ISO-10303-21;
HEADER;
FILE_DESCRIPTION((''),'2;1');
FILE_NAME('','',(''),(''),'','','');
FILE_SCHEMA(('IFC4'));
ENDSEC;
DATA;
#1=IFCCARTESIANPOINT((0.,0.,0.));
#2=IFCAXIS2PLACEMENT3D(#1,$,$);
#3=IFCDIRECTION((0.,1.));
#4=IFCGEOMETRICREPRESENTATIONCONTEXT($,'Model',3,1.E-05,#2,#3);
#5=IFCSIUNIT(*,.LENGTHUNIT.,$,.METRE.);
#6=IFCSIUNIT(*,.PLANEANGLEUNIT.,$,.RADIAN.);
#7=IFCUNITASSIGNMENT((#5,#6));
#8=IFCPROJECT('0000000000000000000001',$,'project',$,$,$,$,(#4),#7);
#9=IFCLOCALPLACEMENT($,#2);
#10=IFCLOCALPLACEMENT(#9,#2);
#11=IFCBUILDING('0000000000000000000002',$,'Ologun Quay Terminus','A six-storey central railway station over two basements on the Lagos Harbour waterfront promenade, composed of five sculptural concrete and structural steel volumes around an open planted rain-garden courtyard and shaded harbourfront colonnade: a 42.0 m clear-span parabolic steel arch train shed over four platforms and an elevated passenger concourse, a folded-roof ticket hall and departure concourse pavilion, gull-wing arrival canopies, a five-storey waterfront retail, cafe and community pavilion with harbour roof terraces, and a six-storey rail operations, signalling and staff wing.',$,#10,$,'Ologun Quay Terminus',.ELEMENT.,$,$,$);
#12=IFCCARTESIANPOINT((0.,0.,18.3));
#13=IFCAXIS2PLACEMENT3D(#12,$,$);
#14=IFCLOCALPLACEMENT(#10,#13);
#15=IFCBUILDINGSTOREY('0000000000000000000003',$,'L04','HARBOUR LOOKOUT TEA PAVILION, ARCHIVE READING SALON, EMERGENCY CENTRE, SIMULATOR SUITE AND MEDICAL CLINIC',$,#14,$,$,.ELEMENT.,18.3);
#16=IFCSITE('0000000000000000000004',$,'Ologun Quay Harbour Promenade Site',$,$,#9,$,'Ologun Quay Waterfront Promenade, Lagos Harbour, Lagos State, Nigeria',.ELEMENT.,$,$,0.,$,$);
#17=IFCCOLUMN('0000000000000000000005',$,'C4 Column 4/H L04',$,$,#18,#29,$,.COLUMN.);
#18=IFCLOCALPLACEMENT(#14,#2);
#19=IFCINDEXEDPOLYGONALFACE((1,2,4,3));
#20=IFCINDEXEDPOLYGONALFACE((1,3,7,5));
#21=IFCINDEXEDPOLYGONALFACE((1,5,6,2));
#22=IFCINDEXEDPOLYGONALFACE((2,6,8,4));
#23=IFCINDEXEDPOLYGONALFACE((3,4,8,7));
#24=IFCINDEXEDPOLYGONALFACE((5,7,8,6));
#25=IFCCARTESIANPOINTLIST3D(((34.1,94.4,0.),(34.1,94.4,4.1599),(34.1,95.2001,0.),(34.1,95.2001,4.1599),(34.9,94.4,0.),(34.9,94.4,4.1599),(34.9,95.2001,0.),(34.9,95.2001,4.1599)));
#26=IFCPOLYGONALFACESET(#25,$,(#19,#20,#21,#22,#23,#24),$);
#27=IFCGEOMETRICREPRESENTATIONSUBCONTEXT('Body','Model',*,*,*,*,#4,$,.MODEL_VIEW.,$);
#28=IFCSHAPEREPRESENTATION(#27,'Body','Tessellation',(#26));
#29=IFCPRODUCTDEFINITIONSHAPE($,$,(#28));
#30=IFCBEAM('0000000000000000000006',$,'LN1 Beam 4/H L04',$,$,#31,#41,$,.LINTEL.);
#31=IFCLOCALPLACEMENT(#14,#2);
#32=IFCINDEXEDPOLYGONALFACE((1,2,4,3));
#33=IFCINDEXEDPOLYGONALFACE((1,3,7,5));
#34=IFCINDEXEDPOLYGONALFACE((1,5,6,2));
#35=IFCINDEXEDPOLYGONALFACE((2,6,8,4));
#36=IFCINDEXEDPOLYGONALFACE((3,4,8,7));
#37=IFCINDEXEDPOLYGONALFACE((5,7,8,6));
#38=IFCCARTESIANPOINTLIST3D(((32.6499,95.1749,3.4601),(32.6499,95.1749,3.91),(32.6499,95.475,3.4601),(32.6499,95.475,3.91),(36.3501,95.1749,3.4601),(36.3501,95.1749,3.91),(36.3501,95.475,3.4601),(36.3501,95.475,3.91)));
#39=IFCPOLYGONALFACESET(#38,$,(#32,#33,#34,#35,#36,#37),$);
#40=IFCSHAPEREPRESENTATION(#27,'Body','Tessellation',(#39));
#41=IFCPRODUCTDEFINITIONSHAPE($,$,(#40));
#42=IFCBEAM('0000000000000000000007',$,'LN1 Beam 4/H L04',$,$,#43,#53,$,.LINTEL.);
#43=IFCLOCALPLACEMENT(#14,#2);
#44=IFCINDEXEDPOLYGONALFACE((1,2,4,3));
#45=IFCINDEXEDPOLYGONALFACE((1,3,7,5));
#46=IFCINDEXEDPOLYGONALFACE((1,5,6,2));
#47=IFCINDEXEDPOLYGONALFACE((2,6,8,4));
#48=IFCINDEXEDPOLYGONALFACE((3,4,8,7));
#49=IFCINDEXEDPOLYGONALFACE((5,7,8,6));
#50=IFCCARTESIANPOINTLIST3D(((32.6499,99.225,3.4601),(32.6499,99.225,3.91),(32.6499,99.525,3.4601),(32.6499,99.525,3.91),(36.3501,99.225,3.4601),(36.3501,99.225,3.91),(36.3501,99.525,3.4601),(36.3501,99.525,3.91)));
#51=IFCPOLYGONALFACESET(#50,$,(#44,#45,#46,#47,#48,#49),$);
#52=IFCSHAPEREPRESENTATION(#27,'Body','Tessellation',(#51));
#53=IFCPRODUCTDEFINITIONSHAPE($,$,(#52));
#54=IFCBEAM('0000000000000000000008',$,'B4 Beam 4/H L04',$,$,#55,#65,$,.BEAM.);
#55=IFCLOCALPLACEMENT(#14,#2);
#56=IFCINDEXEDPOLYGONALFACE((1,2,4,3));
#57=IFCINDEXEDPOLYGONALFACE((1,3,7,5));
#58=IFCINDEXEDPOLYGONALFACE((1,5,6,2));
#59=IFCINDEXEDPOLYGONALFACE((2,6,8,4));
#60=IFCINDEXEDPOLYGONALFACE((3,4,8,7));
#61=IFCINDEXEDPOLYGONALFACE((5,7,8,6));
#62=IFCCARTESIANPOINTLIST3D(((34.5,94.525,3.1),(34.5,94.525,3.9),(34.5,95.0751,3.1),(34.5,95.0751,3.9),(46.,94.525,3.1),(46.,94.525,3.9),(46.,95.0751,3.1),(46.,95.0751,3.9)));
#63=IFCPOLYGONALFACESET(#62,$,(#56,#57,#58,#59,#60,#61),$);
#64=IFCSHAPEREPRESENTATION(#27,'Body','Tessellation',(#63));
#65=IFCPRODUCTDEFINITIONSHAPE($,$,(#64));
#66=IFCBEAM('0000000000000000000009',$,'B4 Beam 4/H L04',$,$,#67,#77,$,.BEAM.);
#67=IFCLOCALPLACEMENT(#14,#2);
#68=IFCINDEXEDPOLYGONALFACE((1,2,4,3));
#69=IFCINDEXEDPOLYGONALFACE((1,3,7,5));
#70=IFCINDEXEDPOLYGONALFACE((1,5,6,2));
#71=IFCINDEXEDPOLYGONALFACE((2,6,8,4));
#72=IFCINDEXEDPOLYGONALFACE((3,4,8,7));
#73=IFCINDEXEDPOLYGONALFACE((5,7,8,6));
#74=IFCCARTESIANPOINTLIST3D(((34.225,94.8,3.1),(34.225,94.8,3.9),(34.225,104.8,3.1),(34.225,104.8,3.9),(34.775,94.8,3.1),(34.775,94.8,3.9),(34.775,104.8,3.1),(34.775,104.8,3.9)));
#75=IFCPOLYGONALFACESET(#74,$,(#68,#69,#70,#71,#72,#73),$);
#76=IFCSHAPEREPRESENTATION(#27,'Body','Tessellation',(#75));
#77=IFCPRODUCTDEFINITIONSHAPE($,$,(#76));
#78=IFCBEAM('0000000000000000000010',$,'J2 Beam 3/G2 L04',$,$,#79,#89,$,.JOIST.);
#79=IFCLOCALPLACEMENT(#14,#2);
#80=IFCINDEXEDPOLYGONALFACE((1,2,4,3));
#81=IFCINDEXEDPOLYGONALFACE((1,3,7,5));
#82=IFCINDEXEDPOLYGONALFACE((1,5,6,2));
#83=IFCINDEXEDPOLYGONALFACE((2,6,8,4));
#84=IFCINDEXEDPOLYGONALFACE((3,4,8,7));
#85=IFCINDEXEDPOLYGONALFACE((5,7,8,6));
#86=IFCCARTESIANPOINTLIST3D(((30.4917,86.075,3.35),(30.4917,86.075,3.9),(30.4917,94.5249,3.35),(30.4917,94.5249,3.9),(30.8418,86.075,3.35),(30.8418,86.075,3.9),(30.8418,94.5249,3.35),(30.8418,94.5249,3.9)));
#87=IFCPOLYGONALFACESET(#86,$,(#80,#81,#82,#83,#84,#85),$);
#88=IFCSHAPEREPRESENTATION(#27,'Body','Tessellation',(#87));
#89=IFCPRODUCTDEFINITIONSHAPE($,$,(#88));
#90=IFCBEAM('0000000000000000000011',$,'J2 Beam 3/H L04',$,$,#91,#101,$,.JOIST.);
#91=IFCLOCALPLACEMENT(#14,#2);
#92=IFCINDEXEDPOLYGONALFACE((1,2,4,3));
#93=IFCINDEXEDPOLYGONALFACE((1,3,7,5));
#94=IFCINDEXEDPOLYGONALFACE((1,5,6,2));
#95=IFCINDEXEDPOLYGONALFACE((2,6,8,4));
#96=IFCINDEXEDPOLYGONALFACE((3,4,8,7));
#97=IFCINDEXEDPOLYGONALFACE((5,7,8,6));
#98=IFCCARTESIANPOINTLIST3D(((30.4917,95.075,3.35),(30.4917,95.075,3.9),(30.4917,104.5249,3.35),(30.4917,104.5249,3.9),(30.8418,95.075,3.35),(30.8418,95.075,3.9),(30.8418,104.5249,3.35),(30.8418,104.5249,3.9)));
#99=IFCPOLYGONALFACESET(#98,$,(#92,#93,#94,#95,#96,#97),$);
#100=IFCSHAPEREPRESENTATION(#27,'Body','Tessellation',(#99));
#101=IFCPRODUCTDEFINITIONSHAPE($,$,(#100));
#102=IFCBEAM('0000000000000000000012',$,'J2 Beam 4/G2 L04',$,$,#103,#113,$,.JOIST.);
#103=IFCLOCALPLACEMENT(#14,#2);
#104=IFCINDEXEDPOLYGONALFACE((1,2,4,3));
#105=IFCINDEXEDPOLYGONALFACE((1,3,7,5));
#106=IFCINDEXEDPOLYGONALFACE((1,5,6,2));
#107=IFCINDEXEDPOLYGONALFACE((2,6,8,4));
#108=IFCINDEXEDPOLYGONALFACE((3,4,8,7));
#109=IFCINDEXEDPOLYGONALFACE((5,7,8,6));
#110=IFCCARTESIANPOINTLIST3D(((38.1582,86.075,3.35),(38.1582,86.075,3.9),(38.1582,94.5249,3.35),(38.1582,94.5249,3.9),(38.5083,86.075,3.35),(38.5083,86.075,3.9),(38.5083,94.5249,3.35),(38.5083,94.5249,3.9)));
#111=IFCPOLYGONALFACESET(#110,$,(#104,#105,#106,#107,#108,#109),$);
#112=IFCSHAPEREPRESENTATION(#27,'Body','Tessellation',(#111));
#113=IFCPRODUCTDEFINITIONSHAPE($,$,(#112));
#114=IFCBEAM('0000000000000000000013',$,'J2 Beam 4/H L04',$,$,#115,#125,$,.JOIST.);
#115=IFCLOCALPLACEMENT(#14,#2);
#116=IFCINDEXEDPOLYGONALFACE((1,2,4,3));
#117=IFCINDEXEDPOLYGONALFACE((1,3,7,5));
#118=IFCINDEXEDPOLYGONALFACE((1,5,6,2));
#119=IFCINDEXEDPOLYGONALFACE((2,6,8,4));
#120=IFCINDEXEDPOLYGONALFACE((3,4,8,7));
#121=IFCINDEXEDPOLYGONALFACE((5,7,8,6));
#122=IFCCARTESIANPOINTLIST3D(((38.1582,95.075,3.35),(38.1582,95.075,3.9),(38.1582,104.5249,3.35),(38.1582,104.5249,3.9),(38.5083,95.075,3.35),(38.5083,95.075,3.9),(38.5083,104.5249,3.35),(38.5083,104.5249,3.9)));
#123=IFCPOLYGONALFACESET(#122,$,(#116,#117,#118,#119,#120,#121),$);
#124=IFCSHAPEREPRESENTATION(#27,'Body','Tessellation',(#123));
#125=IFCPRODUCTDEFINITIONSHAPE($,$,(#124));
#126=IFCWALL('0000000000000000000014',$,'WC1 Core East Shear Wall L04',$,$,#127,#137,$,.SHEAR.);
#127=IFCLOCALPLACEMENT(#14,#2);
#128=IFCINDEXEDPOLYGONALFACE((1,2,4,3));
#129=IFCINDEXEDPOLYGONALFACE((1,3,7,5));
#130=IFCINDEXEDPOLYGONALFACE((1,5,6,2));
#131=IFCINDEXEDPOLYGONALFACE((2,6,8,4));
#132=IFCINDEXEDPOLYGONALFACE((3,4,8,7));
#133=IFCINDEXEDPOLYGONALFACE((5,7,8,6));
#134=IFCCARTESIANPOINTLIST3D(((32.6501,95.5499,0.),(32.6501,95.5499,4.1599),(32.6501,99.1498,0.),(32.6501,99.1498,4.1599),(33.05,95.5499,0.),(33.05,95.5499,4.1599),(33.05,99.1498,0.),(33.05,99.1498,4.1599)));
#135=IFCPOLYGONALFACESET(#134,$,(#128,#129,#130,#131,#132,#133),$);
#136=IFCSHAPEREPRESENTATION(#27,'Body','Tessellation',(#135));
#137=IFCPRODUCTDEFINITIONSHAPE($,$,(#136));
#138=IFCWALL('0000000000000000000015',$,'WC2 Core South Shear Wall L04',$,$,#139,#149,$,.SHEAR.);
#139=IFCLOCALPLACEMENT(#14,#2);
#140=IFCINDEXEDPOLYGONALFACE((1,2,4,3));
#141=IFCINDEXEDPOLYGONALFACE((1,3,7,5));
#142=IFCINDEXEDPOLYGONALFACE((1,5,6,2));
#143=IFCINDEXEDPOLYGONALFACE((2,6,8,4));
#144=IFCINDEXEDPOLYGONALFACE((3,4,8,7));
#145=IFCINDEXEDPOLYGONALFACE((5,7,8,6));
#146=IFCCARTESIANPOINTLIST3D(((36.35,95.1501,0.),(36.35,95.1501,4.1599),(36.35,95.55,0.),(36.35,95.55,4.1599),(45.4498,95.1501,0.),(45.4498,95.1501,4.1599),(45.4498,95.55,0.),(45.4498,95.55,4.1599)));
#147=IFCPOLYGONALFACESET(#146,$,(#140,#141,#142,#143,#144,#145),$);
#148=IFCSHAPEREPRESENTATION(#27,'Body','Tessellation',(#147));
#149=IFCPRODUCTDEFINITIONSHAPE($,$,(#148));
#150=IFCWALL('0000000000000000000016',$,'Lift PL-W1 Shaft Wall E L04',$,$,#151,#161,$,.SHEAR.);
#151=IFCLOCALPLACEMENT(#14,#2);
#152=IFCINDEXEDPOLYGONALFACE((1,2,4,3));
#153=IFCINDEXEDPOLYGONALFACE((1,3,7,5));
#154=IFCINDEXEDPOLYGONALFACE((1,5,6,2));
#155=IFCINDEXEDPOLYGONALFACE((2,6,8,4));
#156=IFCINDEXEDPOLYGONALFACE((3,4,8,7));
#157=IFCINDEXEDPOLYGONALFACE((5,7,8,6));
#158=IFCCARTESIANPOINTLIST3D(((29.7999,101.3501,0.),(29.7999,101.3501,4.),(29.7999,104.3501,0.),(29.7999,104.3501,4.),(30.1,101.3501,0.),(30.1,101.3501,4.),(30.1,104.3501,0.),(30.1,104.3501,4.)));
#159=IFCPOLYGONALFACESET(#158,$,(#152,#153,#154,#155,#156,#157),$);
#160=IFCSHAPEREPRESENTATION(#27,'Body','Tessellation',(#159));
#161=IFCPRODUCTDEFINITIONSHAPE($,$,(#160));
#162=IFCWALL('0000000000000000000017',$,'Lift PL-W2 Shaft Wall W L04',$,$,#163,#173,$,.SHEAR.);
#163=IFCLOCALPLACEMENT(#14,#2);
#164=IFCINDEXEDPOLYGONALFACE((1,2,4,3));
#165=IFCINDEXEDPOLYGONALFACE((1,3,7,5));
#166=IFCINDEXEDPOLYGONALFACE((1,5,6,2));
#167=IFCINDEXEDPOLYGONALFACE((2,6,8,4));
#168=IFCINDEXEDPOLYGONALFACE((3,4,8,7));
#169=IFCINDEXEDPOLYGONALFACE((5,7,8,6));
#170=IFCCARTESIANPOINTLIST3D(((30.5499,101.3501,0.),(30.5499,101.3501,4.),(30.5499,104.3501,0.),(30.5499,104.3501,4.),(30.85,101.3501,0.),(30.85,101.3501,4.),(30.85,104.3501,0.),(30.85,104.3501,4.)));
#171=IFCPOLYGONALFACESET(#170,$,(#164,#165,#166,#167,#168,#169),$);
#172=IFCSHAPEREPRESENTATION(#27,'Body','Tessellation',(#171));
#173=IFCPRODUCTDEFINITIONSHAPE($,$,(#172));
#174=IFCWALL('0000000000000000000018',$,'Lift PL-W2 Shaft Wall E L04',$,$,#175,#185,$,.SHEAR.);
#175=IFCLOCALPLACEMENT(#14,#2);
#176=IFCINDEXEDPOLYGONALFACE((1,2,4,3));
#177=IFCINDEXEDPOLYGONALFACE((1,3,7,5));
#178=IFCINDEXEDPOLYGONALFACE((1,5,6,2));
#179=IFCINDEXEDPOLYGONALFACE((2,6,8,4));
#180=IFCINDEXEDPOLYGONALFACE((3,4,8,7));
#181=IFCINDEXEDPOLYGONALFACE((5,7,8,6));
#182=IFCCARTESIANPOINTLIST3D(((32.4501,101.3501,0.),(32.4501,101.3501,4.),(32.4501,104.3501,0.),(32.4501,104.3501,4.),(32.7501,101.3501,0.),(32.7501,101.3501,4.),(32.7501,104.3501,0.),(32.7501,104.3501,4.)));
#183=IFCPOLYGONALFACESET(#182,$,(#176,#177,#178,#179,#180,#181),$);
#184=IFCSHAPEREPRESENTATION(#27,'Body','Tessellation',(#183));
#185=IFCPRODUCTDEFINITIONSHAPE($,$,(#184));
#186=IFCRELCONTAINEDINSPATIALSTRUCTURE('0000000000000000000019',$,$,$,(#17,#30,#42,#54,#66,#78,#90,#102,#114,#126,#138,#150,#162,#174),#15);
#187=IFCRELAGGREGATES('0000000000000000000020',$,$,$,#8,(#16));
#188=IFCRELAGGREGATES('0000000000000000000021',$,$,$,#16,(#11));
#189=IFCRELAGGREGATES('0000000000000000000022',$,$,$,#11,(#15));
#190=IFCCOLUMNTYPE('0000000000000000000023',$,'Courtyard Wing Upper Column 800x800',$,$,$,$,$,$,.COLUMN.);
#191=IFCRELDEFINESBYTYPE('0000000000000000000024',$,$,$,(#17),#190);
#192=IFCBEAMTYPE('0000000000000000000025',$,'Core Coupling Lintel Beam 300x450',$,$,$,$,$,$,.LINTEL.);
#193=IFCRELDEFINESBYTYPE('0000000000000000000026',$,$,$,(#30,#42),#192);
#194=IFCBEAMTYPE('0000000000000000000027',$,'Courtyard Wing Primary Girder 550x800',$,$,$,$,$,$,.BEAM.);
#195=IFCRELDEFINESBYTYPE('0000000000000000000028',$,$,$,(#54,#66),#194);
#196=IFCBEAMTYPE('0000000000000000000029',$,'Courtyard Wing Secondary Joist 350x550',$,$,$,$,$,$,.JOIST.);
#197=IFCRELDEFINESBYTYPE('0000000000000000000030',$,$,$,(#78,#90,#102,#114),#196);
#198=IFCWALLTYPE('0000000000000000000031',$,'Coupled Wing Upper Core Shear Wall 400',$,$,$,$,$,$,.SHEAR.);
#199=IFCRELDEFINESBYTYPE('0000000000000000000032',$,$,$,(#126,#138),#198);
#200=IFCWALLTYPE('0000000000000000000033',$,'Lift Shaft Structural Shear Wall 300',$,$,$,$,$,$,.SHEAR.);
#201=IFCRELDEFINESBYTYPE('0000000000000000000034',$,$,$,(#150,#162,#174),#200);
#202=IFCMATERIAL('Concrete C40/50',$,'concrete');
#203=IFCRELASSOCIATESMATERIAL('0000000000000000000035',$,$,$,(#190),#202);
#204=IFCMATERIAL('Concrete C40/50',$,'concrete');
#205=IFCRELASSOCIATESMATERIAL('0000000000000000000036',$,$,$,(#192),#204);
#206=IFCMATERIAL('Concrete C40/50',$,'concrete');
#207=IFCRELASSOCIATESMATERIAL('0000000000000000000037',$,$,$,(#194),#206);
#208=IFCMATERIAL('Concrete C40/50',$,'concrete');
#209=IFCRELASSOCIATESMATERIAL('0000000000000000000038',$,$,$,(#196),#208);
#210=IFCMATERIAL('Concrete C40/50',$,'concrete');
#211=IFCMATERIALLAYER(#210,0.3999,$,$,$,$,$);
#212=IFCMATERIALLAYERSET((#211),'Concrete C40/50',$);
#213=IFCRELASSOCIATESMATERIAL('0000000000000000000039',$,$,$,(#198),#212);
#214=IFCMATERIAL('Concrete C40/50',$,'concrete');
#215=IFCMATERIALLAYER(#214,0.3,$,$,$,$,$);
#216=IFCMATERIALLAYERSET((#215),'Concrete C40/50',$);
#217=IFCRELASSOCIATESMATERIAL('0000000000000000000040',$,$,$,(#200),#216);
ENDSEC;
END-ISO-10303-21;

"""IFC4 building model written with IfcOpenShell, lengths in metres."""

from ifc_helpers import new_model, si_unit, direction, frame, frame_2d, origin, origin_2d, place, context, subcontext, project, spatial, rectangle, extrude, material, layer, layer_set, material_profile, profile_set, type_object, element, save


model = new_model("IFC4")

# Units and contexts
model_context = context("Model", 3, precision=1e-05, world=origin(), true_north=direction((0.0, 1.0)))
body_context = subcontext(model_context, "Body", "Model", "MODEL_VIEW")
ifc_project = project(units=[si_unit("LENGTHUNIT", "METRE"), si_unit("PLANEANGLEUNIT", "RADIAN")], contexts=[model_context])

# Site, building, storey
site_placement = place(None, origin())
site = spatial("IfcSite", under=ifc_project, at=site_placement, Name="Ologun Quay Harbour Promenade Site", LongName="Ologun Quay Waterfront Promenade, Lagos Harbour, Lagos State, Nigeria", CompositionType="ELEMENT", RefElevation=0.0)
building_placement = place(site_placement, origin())
building = spatial("IfcBuilding", under=site, at=building_placement, Name="Ologun Quay Terminus", Description="A six-storey central railway station over two basements on the Lagos Harbour waterfront promenade, composed of five sculptural concrete and structural steel volumes around an open planted rain-garden courtyard and shaded harbourfront colonnade: a 42.0 m clear-span parabolic steel arch train shed over four platforms and an elevated passenger concourse, a folded-roof ticket hall and departure concourse pavilion, gull-wing arrival canopies, a five-storey waterfront retail, cafe and community pavilion with harbour roof terraces, and a six-storey rail operations, signalling and staff wing.", LongName="Ologun Quay Terminus", CompositionType="ELEMENT")
storey_placement = place(building_placement, frame((0.0, 0.0, 18.3)))
storey = spatial("IfcBuildingStorey", under=building, at=storey_placement, Name="L04", Description="HARBOUR LOOKOUT TEA PAVILION, ARCHIVE READING SALON, EMERGENCY CENTRE, SIMULATOR SUITE AND MEDICAL CLINIC", CompositionType="ELEMENT", Elevation=18.3)

# Column
ifc_material_1 = material(Name="Concrete C40/50", Category="concrete")
ifc_material_profile_1 = material_profile(ifc_material_1, rectangle(XDim=0.8, YDim=0.8, at=origin_2d()), Name="RC 800x800")
ifc_profile_set_1 = profile_set([ifc_material_profile_1], Name="Concrete C40/50")
column_type = type_object("IfcColumnType", Name="Courtyard Wing Upper Column 800x800", PredefinedType="COLUMN", material=ifc_profile_set_1)
column_placement = place(storey_placement, frame((34.5, 94.8, 0.0), z_axis=(0.0, 0.0, 1.0), x_axis=(1.0, 0.0, 0.0)))
element("IfcColumn", 1, at=column_placement, inside=storey, type_object=column_type, Name="C4 Column 4/H L04", PredefinedType="COLUMN", context=body_context, shape_type="SweptSolid", body=[
    extrude(rectangle(XDim=0.8, YDim=0.8, at=origin_2d()), origin(), (0.0, 0.0, 1.0), 4.1599),
])

# Beams
ifc_material_2 = material(Name="Concrete C40/50", Category="concrete")
ifc_material_profile_2 = material_profile(ifc_material_2, rectangle(XDim=0.3, YDim=0.45, at=origin_2d()), Name="RC 300x450")
ifc_profile_set_2 = profile_set([ifc_material_profile_2], Name="Concrete C40/50")
beam_type_1 = type_object("IfcBeamType", Name="Core Coupling Lintel Beam 300x450", PredefinedType="LINTEL", material=ifc_profile_set_2)
for number, where, z_axis, x_axis, name in (
    (2, (32.6499, 95.325, 3.6851), (1.0, 0.0, 0.0), (0.0, 1.0, 0.0), "LN1 Beam 4/H L04"),
    (3, (32.6499, 99.375, 3.6851), (1.0, 0.0, 0.0), (0.0, 1.0, 0.0), "LN1 Beam 4/H L04"),
):
    element("IfcBeam", number, at=place(storey_placement, frame(where, z_axis=z_axis, x_axis=x_axis)), inside=storey, type_object=beam_type_1, Name=name, PredefinedType="LINTEL", context=body_context, shape_type="SweptSolid", body=[
        extrude(rectangle(XDim=0.3, YDim=0.45, at=origin_2d()), origin(), (0.0, 0.0, 1.0), 3.7002),
    ])
ifc_material_3 = material(Name="Concrete C40/50", Category="concrete")
ifc_material_profile_3 = material_profile(ifc_material_3, rectangle(XDim=0.55, YDim=0.8, at=origin_2d()), Name="RC 550x800")
ifc_profile_set_3 = profile_set([ifc_material_profile_3], Name="Concrete C40/50")
beam_type_2 = type_object("IfcBeamType", Name="Courtyard Wing Primary Girder 550x800", PredefinedType="BEAM", material=ifc_profile_set_3)
beam_1_placement = place(storey_placement, frame((34.5, 94.8, 3.5), z_axis=(1.0, 0.0, 0.0), x_axis=(0.0, 1.0, 0.0)))
element("IfcBeam", 4, at=beam_1_placement, inside=storey, type_object=beam_type_2, Name="B4 Beam 4/H L04", PredefinedType="BEAM", context=body_context, shape_type="SweptSolid", body=[
    extrude(rectangle(XDim=0.55, YDim=0.8, at=origin_2d()), origin(), (0.0, 0.0, 1.0), 11.5),
])
beam_2_placement = place(storey_placement, frame((34.5, 94.8, 3.5), z_axis=(0.0, 1.0, 0.0), x_axis=(-1.0, 0.0, 0.0)))
element("IfcBeam", 5, at=beam_2_placement, inside=storey, type_object=beam_type_2, Name="B4 Beam 4/H L04", PredefinedType="BEAM", context=body_context, shape_type="SweptSolid", body=[
    extrude(rectangle(XDim=0.55, YDim=0.8, at=origin_2d()), origin(), (0.0, 0.0, 1.0), 10.0),
])
ifc_material_4 = material(Name="Concrete C40/50", Category="concrete")
ifc_material_profile_4 = material_profile(ifc_material_4, rectangle(XDim=0.3501, YDim=0.55, at=origin_2d()), Name="RC 350x550")
ifc_profile_set_4 = profile_set([ifc_material_profile_4], Name="Concrete C40/50")
beam_type_3 = type_object("IfcBeamType", Name="Courtyard Wing Secondary Joist 350x550", PredefinedType="JOIST", material=ifc_profile_set_4)
beam_3_placement = place(storey_placement, frame((30.6667, 86.075, 3.625), z_axis=(0.0, 1.0, 0.0), x_axis=(-1.0, 0.0, 0.0)))
element("IfcBeam", 6, at=beam_3_placement, inside=storey, type_object=beam_type_3, Name="J2 Beam 3/G2 L04", PredefinedType="JOIST", context=body_context, shape_type="SweptSolid", body=[
    extrude(rectangle(XDim=0.3501, YDim=0.55, at=origin_2d()), origin(), (0.0, 0.0, 1.0), 8.45),
])
beam_4_placement = place(storey_placement, frame((30.6667, 95.075, 3.625), z_axis=(0.0, 1.0, 0.0), x_axis=(-1.0, 0.0, 0.0)))
element("IfcBeam", 7, at=beam_4_placement, inside=storey, type_object=beam_type_3, Name="J2 Beam 3/H L04", PredefinedType="JOIST", context=body_context, shape_type="SweptSolid", body=[
    extrude(rectangle(XDim=0.3501, YDim=0.55, at=origin_2d()), origin(), (0.0, 0.0, 1.0), 9.45),
])
beam_5_placement = place(storey_placement, frame((38.3333, 86.075, 3.625), z_axis=(0.0, 1.0, 0.0), x_axis=(-1.0, 0.0, 0.0)))
element("IfcBeam", 8, at=beam_5_placement, inside=storey, type_object=beam_type_3, Name="J2 Beam 4/G2 L04", PredefinedType="JOIST", context=body_context, shape_type="SweptSolid", body=[
    extrude(rectangle(XDim=0.3501, YDim=0.55, at=origin_2d()), origin(), (0.0, 0.0, 1.0), 8.45),
])
beam_6_placement = place(storey_placement, frame((38.3333, 95.075, 3.625), z_axis=(0.0, 1.0, 0.0), x_axis=(-1.0, 0.0, 0.0)))
element("IfcBeam", 9, at=beam_6_placement, inside=storey, type_object=beam_type_3, Name="J2 Beam 4/H L04", PredefinedType="JOIST", context=body_context, shape_type="SweptSolid", body=[
    extrude(rectangle(XDim=0.3501, YDim=0.55, at=origin_2d()), origin(), (0.0, 0.0, 1.0), 9.45),
])

# Walls
ifc_material_5 = material(Name="Concrete C40/50", Category="concrete")
ifc_layer_1 = layer(ifc_material_5, 0.3999)
ifc_layer_set_1 = layer_set([ifc_layer_1], Name="Concrete C40/50")
wall_type_1 = type_object("IfcWallType", Name="Coupled Wing Upper Core Shear Wall 400", PredefinedType="SHEAR", material=ifc_layer_set_1)
wall_1_placement = place(storey_placement, frame((32.8501, 95.55, 0.0), z_axis=(0.0, 0.0, 1.0), x_axis=(0.0, 1.0, 0.0)))
element("IfcWall", 10, at=wall_1_placement, inside=storey, type_object=wall_type_1, Name="WC1 Core East Shear Wall L04", PredefinedType="SHEAR", context=body_context, shape_type="SweptSolid", body=[
    extrude(rectangle(XDim=3.5999, YDim=0.3999, at=frame_2d((1.7998, 0.0))), origin(), (0.0, 0.0, 1.0), 4.1599),
])
wall_2_placement = place(storey_placement, frame((36.3501, 95.3501, 0.0), z_axis=(0.0, 0.0, 1.0), x_axis=(1.0, 0.0, 0.0)))
element("IfcWall", 11, at=wall_2_placement, inside=storey, type_object=wall_type_1, Name="WC2 Core South Shear Wall L04", PredefinedType="SHEAR", context=body_context, shape_type="SweptSolid", body=[
    extrude(rectangle(XDim=9.0999, YDim=0.3999, at=frame_2d((4.5498, 0.0))), origin(), (0.0, 0.0, 1.0), 4.1599),
])

# Wall
ifc_material_6 = material(Name="Concrete C40/50", Category="concrete")
ifc_layer_2 = layer(ifc_material_6, 0.3)
ifc_layer_set_2 = layer_set([ifc_layer_2], Name="Concrete C40/50")
wall_type_2 = type_object("IfcWallType", Name="Lift Shaft Structural Shear Wall 300", PredefinedType="SHEAR", material=ifc_layer_set_2)
wall_3_placement = place(storey_placement, frame((29.95, 101.3501, 0.0), z_axis=(0.0, 0.0, 1.0), x_axis=(0.0, 1.0, 0.0)))
element("IfcWall", 12, at=wall_3_placement, inside=storey, type_object=wall_type_2, Name="Lift PL-W1 Shaft Wall E L04", PredefinedType="SHEAR", context=body_context, shape_type="SweptSolid", body=[
    extrude(rectangle(XDim=3.0, YDim=0.3, at=frame_2d((1.5, 0.0))), origin(), (0.0, 0.0, 1.0), 4.0),
])

# Walls
for number, where, z_axis, x_axis, name in (
    (13, (30.7, 101.3501, 0.0), (0.0, 0.0, 1.0), (0.0, 1.0, 0.0), "Lift PL-W2 Shaft Wall W L04"),
    (14, (32.6001, 101.3501, 0.0), (0.0, 0.0, 1.0), (0.0, 1.0, 0.0), "Lift PL-W2 Shaft Wall E L04"),
):
    element("IfcWall", number, at=place(storey_placement, frame(where, z_axis=z_axis, x_axis=x_axis)), inside=storey, type_object=wall_type_2, Name=name, PredefinedType="SHEAR", context=body_context, shape_type="SweptSolid", body=[
        extrude(rectangle(XDim=3.0, YDim=0.3, at=frame_2d((1.5, 0.0))), origin(), (0.0, 0.0, 1.0), 4.0),
    ])

save(model, "model.ifc")
